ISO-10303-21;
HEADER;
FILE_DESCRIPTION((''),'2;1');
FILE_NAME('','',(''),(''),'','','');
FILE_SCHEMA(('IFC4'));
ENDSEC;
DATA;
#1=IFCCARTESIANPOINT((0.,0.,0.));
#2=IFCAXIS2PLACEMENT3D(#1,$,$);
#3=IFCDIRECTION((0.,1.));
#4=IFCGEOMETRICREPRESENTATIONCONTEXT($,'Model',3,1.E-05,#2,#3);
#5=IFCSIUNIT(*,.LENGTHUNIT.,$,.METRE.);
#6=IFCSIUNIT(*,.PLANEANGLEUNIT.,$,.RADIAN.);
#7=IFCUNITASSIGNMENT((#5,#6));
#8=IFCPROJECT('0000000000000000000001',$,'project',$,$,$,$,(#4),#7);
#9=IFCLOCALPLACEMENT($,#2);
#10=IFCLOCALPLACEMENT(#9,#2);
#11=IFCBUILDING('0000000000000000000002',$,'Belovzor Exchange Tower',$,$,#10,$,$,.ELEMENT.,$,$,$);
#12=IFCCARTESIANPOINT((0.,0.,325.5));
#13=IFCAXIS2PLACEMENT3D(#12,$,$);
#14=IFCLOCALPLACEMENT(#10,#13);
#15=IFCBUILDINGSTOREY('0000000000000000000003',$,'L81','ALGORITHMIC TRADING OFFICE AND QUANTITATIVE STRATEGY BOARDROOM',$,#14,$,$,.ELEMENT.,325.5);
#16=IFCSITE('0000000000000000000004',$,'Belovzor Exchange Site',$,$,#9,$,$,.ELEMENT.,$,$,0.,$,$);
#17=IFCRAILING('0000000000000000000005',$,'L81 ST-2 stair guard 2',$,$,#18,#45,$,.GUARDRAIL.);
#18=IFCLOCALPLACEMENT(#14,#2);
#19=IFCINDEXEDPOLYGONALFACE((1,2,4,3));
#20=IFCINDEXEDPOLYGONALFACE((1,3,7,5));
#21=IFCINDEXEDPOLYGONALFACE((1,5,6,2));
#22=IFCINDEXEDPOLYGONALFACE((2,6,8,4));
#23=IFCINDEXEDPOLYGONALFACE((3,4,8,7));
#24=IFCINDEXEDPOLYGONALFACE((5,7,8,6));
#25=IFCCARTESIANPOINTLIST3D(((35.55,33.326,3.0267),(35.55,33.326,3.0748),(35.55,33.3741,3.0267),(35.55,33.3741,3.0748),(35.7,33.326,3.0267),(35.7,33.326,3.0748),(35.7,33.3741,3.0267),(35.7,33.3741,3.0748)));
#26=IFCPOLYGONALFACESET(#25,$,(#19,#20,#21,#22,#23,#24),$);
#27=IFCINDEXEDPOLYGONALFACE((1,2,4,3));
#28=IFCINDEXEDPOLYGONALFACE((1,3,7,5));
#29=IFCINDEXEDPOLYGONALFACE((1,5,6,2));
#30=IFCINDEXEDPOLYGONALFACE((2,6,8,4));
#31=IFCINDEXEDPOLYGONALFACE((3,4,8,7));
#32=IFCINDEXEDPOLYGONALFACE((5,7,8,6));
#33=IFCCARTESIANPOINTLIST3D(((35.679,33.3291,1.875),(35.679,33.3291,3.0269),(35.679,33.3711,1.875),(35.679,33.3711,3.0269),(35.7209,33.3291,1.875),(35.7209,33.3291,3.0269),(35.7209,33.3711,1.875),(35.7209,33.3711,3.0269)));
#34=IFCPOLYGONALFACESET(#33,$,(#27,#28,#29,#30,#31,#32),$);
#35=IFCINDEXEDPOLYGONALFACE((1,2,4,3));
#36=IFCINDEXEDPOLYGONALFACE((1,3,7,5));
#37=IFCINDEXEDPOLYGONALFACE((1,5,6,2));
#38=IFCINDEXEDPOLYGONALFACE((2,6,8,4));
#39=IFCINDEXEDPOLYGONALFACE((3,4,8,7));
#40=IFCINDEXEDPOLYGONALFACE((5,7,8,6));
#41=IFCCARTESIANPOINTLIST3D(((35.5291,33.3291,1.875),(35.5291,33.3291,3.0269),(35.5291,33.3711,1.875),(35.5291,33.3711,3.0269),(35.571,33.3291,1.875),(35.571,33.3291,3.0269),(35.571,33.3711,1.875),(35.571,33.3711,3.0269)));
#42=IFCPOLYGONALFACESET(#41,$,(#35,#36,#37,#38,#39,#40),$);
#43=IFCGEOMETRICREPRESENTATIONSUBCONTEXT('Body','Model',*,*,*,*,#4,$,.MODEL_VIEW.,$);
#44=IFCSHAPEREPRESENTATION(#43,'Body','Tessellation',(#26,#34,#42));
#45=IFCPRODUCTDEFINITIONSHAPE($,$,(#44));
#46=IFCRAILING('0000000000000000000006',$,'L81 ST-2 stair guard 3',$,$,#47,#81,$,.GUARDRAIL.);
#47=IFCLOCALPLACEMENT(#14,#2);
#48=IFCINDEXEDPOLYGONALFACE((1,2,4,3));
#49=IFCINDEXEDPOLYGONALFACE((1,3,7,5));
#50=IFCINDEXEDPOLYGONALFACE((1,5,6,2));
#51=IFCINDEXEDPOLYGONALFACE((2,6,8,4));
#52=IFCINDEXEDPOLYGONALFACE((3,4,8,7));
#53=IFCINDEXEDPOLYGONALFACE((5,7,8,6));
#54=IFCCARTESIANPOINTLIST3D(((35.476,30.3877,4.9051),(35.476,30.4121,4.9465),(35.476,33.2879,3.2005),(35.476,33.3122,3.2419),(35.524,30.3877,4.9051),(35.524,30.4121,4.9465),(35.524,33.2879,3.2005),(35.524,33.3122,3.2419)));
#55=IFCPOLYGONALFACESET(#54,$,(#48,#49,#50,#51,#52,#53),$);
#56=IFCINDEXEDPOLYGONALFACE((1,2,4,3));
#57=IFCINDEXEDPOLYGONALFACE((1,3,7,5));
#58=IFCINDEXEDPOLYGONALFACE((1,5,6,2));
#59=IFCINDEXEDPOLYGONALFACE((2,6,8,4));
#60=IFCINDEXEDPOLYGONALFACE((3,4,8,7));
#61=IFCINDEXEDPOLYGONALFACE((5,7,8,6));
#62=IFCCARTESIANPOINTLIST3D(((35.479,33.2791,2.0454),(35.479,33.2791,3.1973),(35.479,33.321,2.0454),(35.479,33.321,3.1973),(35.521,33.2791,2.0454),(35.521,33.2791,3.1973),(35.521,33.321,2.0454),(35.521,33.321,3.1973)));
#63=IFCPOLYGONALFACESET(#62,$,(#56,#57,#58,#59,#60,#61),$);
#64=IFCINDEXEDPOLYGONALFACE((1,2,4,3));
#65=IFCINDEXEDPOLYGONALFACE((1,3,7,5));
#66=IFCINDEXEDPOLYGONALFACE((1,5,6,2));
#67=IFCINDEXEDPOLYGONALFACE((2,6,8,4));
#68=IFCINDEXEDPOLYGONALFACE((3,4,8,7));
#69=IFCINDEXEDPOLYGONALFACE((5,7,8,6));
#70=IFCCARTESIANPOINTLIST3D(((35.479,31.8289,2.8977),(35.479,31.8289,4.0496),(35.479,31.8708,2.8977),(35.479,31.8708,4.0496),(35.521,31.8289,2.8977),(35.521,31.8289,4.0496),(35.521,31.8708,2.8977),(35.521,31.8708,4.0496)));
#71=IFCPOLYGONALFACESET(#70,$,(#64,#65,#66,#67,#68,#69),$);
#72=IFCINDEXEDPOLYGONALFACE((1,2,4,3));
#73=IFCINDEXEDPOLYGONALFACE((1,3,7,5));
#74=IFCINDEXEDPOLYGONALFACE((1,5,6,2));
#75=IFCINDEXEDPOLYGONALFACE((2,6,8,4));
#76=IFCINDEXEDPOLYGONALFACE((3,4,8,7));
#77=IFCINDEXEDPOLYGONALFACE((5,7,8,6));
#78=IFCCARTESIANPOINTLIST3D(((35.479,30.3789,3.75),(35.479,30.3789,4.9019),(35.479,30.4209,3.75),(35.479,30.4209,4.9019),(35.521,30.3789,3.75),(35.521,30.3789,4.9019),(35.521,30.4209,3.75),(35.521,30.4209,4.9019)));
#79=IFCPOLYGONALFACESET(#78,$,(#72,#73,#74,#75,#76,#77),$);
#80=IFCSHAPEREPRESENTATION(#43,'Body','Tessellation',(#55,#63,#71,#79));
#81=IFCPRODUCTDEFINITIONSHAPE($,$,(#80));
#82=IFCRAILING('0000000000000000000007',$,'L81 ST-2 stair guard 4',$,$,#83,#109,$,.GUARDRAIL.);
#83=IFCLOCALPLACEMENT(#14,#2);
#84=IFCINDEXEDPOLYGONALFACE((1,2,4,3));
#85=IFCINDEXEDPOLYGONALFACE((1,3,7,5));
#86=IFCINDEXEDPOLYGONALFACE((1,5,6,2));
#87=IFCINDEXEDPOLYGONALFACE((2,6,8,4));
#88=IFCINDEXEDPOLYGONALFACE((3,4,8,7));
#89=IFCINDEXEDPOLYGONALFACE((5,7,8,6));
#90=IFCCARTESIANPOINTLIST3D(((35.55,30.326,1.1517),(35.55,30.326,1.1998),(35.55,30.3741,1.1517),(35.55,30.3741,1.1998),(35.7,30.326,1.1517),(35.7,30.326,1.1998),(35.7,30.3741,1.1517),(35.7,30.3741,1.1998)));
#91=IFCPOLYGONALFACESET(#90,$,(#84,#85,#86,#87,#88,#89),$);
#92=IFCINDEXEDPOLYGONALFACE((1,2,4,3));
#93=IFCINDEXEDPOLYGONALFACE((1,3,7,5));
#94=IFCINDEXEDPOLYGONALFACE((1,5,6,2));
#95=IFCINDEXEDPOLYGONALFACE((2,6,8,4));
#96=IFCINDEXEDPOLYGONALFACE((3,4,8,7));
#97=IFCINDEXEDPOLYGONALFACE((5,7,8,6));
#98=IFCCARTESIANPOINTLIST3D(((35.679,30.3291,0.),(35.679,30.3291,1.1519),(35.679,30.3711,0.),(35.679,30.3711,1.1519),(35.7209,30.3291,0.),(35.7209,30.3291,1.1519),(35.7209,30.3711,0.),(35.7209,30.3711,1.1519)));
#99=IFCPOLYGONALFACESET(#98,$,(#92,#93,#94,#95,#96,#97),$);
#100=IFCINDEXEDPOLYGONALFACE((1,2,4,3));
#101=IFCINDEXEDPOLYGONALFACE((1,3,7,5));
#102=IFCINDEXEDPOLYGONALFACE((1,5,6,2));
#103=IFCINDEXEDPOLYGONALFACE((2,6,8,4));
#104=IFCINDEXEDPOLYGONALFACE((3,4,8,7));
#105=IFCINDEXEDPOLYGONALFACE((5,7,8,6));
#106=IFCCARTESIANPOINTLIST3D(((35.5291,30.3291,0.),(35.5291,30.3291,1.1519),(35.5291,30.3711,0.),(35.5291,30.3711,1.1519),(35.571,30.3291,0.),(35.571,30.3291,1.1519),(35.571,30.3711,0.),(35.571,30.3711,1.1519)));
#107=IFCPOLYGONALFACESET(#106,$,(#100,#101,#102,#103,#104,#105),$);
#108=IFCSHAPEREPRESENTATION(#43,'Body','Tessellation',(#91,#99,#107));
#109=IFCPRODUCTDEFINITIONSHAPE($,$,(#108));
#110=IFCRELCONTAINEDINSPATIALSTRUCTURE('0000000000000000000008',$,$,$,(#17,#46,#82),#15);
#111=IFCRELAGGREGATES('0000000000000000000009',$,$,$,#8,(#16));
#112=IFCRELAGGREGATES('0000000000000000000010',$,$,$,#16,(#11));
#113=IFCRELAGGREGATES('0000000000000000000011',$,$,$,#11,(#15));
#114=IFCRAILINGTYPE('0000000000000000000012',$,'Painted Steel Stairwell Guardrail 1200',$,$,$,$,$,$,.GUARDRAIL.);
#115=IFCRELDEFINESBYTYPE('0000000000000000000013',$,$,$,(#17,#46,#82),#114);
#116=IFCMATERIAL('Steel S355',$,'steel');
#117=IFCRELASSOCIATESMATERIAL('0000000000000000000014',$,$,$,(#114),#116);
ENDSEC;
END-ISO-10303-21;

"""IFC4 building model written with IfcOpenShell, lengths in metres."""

from ifc_helpers import new_model, si_unit, direction, frame, origin, origin_2d, place, context, subcontext, project, spatial, rectangle, extrude, material, type_object, element, save


model = new_model("IFC4")

# Units and contexts
model_context = context("Model", 3, precision=1e-05, world=origin(), true_north=direction((0.0, 1.0)))
body_context = subcontext(model_context, "Body", "Model", "MODEL_VIEW")
ifc_project = project(units=[si_unit("LENGTHUNIT", "METRE"), si_unit("PLANEANGLEUNIT", "RADIAN")], contexts=[model_context])

# Site, building, storey
site_placement = place(None, origin())
site = spatial("IfcSite", under=ifc_project, at=site_placement, Name="Belovzor Exchange Site", CompositionType="ELEMENT", RefElevation=0.0)
building_placement = place(site_placement, origin())
building = spatial("IfcBuilding", under=site, at=building_placement, Name="Belovzor Exchange Tower", CompositionType="ELEMENT")
storey_placement = place(building_placement, frame((0.0, 0.0, 325.5)))
storey = spatial("IfcBuildingStorey", under=building, at=storey_placement, Name="L81", Description="ALGORITHMIC TRADING OFFICE AND QUANTITATIVE STRATEGY BOARDROOM", CompositionType="ELEMENT", Elevation=325.5)

# Railings
ifc_material_1 = material(Name="Steel S355", Category="steel")
railing_type_1 = type_object("IfcRailingType", Name="Painted Steel Stairwell Guardrail 1200", PredefinedType="GUARDRAIL", material=ifc_material_1)
railing_1_placement = place(storey_placement, frame((35.7, 33.3501, 1.875)))
element("IfcRailing", 1, at=railing_1_placement, inside=storey, type_object=railing_type_1, Name="L81 ST-2 stair guard 2", PredefinedType="GUARDRAIL", context=body_context, shape_type="SweptSolid", body=[
    extrude(rectangle(XDim=0.0481, YDim=0.0481, at=origin_2d()), frame((0.0, 0.0, 1.1758), z_axis=(-1.0, 0.0, 0.0), x_axis=(0.0, -1.0, 0.0)), (0.0, 0.0, 1.0), 0.1499),
    extrude(rectangle(XDim=0.042, YDim=0.042, at=origin_2d()), origin(), (0.0, 0.0, 1.0), 1.1519),
    extrude(rectangle(XDim=0.042, YDim=0.042, at=origin_2d()), frame((-0.1499, 0.0, 0.0)), (0.0, 0.0, 1.0), 1.1519),
])
railing_2_placement = place(storey_placement, frame((35.5, 33.3, 2.0454)))
element("IfcRailing", 2, at=railing_2_placement, inside=storey, type_object=railing_type_1, Name="L81 ST-2 stair guard 3", PredefinedType="GUARDRAIL", context=body_context, shape_type="SweptSolid", body=[
    extrude(rectangle(XDim=0.0481, YDim=0.0481, at=origin_2d()), frame((0.0, 0.0, 1.1758), z_axis=(0.0, -0.862113, 0.506716), x_axis=(1.0, 0.0, 0.0)), (0.0, 0.0, 1.0), 3.364),
    extrude(rectangle(XDim=0.042, YDim=0.042, at=origin_2d()), origin(), (0.0, 0.0, 1.0), 1.1519),
    extrude(rectangle(XDim=0.042, YDim=0.042, at=origin_2d()), frame((0.0, -1.4502, 0.8523)), (0.0, 0.0, 1.0), 1.1519),
    extrude(rectangle(XDim=0.042, YDim=0.042, at=origin_2d()), frame((0.0, -2.9001, 1.7046)), (0.0, 0.0, 1.0), 1.1519),
])
railing_3_placement = place(storey_placement, frame((35.7, 30.3501, 0.0)))
element("IfcRailing", 3, at=railing_3_placement, inside=storey, type_object=railing_type_1, Name="L81 ST-2 stair guard 4", PredefinedType="GUARDRAIL", context=body_context, shape_type="SweptSolid", body=[
    extrude(rectangle(XDim=0.0481, YDim=0.0481, at=origin_2d()), frame((0.0, 0.0, 1.1758), z_axis=(-1.0, 0.0, 0.0), x_axis=(0.0, -1.0, 0.0)), (0.0, 0.0, 1.0), 0.1499),
    extrude(rectangle(XDim=0.042, YDim=0.042, at=origin_2d()), origin(), (0.0, 0.0, 1.0), 1.1519),
    extrude(rectangle(XDim=0.042, YDim=0.042, at=origin_2d()), frame((-0.1499, 0.0, 0.0)), (0.0, 0.0, 1.0), 1.1519),
])

save(model, "model.ifc")
